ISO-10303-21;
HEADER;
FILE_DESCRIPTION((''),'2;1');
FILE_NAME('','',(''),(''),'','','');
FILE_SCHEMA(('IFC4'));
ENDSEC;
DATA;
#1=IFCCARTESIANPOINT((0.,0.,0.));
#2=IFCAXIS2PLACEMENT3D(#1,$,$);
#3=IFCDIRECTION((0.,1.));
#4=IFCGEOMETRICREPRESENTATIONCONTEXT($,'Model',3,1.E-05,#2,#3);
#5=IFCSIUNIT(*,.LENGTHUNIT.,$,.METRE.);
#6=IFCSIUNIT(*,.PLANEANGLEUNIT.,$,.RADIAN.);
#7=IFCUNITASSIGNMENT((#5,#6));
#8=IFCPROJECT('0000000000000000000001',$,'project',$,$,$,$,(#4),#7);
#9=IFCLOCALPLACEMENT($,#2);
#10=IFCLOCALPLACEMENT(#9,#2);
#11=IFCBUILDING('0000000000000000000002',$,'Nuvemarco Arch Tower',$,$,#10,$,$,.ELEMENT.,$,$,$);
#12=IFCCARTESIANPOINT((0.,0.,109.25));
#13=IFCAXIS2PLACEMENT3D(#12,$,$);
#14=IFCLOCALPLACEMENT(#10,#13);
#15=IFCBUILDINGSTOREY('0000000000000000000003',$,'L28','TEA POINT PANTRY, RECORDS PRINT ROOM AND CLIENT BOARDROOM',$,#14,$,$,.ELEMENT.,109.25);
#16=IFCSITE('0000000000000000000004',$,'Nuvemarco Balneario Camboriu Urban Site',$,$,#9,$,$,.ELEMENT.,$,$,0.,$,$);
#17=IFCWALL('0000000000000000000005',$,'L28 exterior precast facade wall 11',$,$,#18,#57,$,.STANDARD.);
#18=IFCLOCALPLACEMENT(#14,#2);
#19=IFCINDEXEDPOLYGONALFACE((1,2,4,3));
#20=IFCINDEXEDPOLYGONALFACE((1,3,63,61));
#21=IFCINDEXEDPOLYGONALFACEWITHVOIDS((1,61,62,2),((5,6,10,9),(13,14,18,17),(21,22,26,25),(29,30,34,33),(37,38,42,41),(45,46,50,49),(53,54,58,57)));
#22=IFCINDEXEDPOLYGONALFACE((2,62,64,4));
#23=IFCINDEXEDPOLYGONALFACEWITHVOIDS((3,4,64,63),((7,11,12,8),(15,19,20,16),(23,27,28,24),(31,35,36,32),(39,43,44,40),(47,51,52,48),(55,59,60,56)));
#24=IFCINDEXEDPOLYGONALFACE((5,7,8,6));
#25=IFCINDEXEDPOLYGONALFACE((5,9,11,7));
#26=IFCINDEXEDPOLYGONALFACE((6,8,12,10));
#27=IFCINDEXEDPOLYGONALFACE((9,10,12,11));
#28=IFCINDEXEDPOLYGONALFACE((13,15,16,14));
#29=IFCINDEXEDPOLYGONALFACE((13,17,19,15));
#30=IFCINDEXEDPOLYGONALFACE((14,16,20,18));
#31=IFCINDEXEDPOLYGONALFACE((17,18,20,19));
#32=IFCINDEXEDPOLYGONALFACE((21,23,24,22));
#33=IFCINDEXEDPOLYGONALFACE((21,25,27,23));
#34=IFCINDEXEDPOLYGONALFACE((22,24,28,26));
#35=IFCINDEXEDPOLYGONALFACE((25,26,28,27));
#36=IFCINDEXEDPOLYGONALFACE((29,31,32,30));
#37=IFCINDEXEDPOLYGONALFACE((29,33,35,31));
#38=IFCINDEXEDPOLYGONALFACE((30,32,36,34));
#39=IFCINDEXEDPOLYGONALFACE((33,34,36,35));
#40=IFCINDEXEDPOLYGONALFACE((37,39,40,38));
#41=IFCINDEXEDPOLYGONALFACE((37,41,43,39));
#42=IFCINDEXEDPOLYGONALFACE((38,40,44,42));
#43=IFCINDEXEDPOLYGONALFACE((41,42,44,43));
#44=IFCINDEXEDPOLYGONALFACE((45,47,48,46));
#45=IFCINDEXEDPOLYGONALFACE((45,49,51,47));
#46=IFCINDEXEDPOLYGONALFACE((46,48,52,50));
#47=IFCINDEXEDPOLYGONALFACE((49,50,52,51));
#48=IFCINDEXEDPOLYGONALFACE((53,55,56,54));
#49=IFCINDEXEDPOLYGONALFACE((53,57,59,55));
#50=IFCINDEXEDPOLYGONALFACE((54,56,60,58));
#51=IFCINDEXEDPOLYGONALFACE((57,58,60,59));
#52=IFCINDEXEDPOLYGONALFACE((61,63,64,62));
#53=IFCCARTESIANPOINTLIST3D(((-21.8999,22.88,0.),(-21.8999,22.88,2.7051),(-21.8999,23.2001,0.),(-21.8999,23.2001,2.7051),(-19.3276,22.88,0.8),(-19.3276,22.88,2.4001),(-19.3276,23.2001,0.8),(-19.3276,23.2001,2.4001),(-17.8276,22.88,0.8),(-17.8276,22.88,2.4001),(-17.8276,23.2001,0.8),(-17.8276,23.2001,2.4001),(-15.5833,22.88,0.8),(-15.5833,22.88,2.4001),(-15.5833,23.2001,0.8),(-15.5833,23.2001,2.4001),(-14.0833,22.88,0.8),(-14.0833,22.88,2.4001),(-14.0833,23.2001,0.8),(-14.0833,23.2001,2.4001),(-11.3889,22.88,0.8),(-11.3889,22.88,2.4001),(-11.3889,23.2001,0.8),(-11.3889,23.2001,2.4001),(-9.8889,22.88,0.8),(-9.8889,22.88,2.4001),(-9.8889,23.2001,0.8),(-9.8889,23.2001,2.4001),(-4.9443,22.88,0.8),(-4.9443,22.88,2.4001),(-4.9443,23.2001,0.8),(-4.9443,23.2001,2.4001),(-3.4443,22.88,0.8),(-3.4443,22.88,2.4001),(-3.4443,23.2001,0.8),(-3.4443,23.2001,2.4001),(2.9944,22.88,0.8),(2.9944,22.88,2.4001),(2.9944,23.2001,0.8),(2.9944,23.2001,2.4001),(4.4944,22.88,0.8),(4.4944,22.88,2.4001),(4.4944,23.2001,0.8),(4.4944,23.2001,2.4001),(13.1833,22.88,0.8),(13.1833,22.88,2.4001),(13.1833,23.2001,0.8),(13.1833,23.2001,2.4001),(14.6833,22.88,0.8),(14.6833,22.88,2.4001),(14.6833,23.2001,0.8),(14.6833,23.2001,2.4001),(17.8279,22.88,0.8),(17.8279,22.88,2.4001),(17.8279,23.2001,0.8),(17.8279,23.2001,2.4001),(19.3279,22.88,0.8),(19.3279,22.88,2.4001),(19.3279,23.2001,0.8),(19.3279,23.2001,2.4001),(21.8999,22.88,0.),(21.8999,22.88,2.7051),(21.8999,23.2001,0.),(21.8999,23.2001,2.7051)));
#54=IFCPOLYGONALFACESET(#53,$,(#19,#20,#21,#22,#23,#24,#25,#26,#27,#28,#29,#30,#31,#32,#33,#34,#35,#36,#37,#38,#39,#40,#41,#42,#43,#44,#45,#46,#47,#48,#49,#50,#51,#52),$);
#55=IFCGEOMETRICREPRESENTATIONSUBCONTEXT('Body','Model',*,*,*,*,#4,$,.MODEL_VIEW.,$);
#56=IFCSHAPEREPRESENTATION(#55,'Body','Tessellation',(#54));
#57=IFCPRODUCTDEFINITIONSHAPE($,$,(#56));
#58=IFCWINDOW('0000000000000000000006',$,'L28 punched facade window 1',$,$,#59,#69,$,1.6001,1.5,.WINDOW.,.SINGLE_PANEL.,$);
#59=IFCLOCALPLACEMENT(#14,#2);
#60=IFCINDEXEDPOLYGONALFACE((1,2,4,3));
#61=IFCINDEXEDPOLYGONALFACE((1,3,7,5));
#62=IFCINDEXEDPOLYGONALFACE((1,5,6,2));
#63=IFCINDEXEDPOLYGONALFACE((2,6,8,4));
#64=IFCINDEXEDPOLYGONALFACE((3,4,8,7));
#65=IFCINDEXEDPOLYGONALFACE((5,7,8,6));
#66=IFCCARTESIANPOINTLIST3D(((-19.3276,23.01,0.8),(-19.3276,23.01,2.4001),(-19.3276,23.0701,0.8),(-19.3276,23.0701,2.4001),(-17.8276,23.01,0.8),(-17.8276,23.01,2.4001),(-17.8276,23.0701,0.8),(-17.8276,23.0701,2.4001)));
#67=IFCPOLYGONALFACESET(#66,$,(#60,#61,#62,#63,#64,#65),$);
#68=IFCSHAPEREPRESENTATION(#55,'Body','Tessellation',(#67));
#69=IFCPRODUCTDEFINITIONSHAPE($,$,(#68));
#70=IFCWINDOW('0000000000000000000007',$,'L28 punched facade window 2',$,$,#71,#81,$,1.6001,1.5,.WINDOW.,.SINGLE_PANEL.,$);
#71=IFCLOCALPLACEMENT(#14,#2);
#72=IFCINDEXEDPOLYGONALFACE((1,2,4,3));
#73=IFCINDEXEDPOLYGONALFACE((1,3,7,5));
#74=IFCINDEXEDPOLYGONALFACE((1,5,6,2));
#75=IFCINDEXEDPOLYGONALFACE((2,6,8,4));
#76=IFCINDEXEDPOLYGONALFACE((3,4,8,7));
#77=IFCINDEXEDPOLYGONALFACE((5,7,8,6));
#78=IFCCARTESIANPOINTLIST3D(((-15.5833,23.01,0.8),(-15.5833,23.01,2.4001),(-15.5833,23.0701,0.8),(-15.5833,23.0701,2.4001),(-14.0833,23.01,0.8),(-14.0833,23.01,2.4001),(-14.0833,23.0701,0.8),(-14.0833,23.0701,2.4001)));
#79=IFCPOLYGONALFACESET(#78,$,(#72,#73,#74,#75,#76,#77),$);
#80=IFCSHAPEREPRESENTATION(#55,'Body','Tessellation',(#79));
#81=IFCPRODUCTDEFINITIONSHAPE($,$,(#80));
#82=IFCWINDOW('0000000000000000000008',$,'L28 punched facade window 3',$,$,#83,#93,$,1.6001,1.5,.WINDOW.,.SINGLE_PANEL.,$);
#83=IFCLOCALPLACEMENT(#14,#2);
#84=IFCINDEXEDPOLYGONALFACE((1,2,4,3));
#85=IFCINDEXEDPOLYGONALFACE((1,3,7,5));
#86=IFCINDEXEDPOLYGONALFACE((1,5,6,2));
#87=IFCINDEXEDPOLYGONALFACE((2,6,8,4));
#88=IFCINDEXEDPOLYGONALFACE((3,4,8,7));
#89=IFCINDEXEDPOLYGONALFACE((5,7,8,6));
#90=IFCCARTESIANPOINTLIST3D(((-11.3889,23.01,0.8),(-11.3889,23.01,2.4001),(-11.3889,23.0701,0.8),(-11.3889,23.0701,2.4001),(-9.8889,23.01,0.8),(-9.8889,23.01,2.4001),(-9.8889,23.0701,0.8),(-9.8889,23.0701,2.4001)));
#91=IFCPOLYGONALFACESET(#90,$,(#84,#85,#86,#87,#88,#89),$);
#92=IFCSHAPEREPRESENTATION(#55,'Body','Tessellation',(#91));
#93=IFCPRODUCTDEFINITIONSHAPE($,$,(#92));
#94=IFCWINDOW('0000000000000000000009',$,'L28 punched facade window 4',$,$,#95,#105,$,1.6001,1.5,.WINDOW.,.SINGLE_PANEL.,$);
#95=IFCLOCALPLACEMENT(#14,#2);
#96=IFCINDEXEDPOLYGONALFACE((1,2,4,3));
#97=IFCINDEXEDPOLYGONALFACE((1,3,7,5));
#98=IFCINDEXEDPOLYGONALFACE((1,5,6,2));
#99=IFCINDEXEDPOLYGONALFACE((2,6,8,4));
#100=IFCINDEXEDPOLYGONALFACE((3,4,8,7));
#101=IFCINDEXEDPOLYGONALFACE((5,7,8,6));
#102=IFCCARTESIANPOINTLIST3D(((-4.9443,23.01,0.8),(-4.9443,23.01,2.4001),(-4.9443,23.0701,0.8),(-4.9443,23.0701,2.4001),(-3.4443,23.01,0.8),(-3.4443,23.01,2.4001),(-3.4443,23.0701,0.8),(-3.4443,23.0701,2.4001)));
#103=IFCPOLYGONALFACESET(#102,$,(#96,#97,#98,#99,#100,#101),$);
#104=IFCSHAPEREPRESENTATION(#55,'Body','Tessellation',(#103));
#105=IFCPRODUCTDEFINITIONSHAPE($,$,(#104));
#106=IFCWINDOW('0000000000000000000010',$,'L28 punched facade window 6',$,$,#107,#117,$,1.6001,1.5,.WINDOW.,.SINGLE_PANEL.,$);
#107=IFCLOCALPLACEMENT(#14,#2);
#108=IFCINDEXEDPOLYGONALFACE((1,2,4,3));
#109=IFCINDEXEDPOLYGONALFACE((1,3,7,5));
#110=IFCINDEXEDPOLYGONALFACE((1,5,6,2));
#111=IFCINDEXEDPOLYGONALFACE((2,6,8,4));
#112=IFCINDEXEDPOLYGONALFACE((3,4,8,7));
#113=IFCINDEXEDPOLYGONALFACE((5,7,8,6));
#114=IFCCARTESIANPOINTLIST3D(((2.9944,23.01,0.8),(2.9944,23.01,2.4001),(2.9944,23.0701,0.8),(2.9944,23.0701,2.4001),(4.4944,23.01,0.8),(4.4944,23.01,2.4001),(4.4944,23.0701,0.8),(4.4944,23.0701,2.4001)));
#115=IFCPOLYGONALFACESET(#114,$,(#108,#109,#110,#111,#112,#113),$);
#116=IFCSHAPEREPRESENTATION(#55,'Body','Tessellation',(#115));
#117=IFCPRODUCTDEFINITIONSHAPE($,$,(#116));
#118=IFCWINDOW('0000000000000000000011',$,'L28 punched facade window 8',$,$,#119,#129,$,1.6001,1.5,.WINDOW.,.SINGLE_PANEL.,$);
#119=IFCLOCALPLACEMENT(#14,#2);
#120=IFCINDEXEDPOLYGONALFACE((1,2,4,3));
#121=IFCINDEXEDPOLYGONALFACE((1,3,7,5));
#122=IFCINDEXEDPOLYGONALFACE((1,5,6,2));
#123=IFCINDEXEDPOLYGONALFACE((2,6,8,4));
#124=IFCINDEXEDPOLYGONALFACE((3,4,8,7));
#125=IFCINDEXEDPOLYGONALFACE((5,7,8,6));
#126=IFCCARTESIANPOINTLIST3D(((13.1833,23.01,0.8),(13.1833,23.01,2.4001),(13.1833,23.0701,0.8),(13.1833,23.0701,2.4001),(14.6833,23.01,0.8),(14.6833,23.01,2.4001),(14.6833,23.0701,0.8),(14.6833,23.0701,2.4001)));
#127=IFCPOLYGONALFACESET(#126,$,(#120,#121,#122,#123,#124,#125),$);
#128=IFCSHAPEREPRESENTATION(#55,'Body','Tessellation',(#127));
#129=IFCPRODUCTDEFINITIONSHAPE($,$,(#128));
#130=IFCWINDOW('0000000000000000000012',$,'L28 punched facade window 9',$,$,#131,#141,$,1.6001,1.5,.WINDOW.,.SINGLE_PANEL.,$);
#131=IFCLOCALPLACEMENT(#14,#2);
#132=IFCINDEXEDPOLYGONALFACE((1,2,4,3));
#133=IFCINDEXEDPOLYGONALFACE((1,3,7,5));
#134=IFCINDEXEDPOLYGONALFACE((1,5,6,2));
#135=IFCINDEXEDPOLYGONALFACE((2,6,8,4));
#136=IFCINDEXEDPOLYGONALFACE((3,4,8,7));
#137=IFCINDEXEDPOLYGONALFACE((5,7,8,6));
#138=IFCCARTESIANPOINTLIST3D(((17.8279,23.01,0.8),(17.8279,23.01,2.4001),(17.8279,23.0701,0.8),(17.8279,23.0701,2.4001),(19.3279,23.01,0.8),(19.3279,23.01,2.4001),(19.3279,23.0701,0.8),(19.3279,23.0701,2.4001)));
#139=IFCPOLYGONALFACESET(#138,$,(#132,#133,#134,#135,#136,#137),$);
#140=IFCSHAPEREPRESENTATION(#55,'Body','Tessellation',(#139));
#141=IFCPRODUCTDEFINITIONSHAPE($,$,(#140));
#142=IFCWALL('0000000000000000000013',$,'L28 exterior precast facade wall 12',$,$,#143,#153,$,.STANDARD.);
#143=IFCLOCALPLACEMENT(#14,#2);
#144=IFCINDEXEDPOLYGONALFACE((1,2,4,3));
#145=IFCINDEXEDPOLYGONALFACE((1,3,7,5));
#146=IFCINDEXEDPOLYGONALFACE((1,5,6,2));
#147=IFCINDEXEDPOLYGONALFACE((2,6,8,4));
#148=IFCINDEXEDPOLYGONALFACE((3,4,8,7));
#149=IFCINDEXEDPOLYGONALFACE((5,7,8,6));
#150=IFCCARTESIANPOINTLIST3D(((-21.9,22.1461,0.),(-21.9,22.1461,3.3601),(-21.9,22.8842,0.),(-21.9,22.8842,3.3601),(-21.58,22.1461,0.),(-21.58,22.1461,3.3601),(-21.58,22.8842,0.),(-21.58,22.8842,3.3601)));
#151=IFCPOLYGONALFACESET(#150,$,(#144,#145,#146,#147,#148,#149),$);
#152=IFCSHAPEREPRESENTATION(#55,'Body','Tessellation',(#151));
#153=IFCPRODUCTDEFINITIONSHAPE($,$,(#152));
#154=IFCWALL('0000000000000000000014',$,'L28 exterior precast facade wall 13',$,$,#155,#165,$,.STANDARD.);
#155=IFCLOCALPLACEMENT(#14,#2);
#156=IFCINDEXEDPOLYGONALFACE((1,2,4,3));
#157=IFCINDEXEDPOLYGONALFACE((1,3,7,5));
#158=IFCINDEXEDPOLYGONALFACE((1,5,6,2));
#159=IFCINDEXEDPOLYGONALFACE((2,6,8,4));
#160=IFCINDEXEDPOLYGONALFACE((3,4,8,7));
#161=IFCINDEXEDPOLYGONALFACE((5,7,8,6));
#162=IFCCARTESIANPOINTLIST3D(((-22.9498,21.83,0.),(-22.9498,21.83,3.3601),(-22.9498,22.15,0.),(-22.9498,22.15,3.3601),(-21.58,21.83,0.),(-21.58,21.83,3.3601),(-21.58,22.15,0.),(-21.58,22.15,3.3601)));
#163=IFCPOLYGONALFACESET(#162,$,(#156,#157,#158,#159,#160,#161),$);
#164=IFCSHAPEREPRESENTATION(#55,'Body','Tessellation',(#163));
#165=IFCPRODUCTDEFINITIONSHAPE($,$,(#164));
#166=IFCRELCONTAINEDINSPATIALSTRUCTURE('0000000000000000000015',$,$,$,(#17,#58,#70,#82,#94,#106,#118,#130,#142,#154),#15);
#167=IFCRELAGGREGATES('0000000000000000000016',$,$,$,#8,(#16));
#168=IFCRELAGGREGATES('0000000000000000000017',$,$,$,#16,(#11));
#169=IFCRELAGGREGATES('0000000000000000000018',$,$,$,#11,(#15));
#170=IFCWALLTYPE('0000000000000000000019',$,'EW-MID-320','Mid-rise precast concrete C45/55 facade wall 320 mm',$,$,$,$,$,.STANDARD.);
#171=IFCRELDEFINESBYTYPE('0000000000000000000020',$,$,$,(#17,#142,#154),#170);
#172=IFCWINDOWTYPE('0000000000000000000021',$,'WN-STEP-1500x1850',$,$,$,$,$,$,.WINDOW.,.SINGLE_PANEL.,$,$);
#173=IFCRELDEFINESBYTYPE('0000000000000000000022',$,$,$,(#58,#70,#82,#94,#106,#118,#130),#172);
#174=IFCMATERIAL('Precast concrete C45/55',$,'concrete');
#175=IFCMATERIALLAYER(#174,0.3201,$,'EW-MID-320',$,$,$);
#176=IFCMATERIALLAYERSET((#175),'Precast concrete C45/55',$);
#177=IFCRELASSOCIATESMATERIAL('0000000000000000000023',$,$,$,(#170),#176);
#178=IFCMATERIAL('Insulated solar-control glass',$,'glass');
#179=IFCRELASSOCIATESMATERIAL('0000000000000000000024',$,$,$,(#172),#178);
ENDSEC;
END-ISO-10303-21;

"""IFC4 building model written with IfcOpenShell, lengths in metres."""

from ifc_helpers import new_model, si_unit, direction, frame, frame_2d, origin, place, context, subcontext, project, spatial, rectangle, extrude, source, transform, mapped, material, layer, layer_set, type_object, type_shapes, element, fill, save


model = new_model("IFC4")

# Units and contexts
model_context = context("Model", 3, precision=1e-05, world=origin(), true_north=direction((0.0, 1.0)))
body_context = subcontext(model_context, "Body", "Model", "MODEL_VIEW")
ifc_project = project(units=[si_unit("LENGTHUNIT", "METRE"), si_unit("PLANEANGLEUNIT", "RADIAN")], contexts=[model_context])

# Site, building, storey
site_placement = place(None, origin())
site = spatial("IfcSite", under=ifc_project, at=site_placement, Name="Nuvemarco Balneario Camboriu Urban Site", CompositionType="ELEMENT", RefElevation=0.0)
building_placement = place(site_placement, origin())
building = spatial("IfcBuilding", under=site, at=building_placement, Name="Nuvemarco Arch Tower", CompositionType="ELEMENT")
storey_placement = place(building_placement, frame((0.0, 0.0, 109.25)))
storey = spatial("IfcBuildingStorey", under=building, at=storey_placement, Name="L28", Description="TEA POINT PANTRY, RECORDS PRINT ROOM AND CLIENT BOARDROOM", CompositionType="ELEMENT", Elevation=109.25)

# Wall, openings, windows
ifc_material_1 = material(Name="Precast concrete C45/55", Category="concrete")
ifc_layer_1 = layer(ifc_material_1, 0.3201, Name="EW-MID-320")
ifc_layer_set_1 = layer_set([ifc_layer_1], Name="Precast concrete C45/55")
wall_type_1 = type_object("IfcWallType", Name="EW-MID-320", Description="Mid-rise precast concrete C45/55 facade wall 320 mm", PredefinedType="STANDARD", material=ifc_layer_set_1)
wall_1_placement = place(storey_placement, frame((-21.8999, 23.04, 0.0), z_axis=(0.0, 0.0, 1.0), x_axis=(1.0, 0.0, 0.0)))
wall_1 = element("IfcWall", 1, at=wall_1_placement, inside=storey, type_object=wall_type_1, Name="L28 exterior precast facade wall 11", PredefinedType="STANDARD", context=body_context, shape_type="SweptSolid", body=[
    extrude(rectangle(XDim=43.7998, YDim=0.3201, at=frame_2d((21.8999, 0.0))), origin(), (0.0, 0.0, 1.0), 2.7051),
])
opening_1_placement = place(wall_1_placement, frame((2.5723, 0.0, 0.8)))
opening_1 = element("IfcOpeningElement", 2, at=opening_1_placement, cuts=wall_1, PredefinedType="OPENING", context=body_context, shape_type="SweptSolid", body=[
    extrude(rectangle(XDim=1.5, YDim=1.6001, at=frame_2d((0.75, 0.8))), frame((0.0, 0.1699, 0.0), z_axis=(0.0, -1.0, 0.0), x_axis=(1.0, 0.0, 0.0)), (0.0, 0.0, 1.0), 0.3401),
])
opening_2_placement = place(wall_1_placement, frame((6.3167, 0.0, 0.8)))
opening_2 = element("IfcOpeningElement", 3, at=opening_2_placement, cuts=wall_1, PredefinedType="OPENING", context=body_context, shape_type="SweptSolid", body=[
    extrude(rectangle(XDim=1.5, YDim=1.6001, at=frame_2d((0.75, 0.8))), frame((0.0, 0.1699, 0.0), z_axis=(0.0, -1.0, 0.0), x_axis=(1.0, 0.0, 0.0)), (0.0, 0.0, 1.0), 0.3401),
])
opening_3_placement = place(wall_1_placement, frame((10.511, 0.0, 0.8)))
opening_3 = element("IfcOpeningElement", 4, at=opening_3_placement, cuts=wall_1, PredefinedType="OPENING", context=body_context, shape_type="SweptSolid", body=[
    extrude(rectangle(XDim=1.5, YDim=1.6001, at=frame_2d((0.75, 0.8))), frame((0.0, 0.1699, 0.0), z_axis=(0.0, -1.0, 0.0), x_axis=(1.0, 0.0, 0.0)), (0.0, 0.0, 1.0), 0.3401),
])
opening_4_placement = place(wall_1_placement, frame((16.9556, 0.0, 0.8)))
opening_4 = element("IfcOpeningElement", 5, at=opening_4_placement, cuts=wall_1, PredefinedType="OPENING", context=body_context, shape_type="SweptSolid", body=[
    extrude(rectangle(XDim=1.5, YDim=1.6001, at=frame_2d((0.75, 0.8))), frame((0.0, 0.1699, 0.0), z_axis=(0.0, -1.0, 0.0), x_axis=(1.0, 0.0, 0.0)), (0.0, 0.0, 1.0), 0.3401),
])
opening_5_placement = place(wall_1_placement, frame((24.8943, 0.0, 0.8)))
opening_5 = element("IfcOpeningElement", 6, at=opening_5_placement, cuts=wall_1, PredefinedType="OPENING", context=body_context, shape_type="SweptSolid", body=[
    extrude(rectangle(XDim=1.5, YDim=1.6001, at=frame_2d((0.75, 0.8))), frame((0.0, 0.1699, 0.0), z_axis=(0.0, -1.0, 0.0), x_axis=(1.0, 0.0, 0.0)), (0.0, 0.0, 1.0), 0.3401),
])
opening_6_placement = place(wall_1_placement, frame((35.0833, 0.0, 0.8)))
opening_6 = element("IfcOpeningElement", 7, at=opening_6_placement, cuts=wall_1, PredefinedType="OPENING", context=body_context, shape_type="SweptSolid", body=[
    extrude(rectangle(XDim=1.5, YDim=1.6001, at=frame_2d((0.75, 0.8))), frame((0.0, 0.1699, 0.0), z_axis=(0.0, -1.0, 0.0), x_axis=(1.0, 0.0, 0.0)), (0.0, 0.0, 1.0), 0.3401),
])
opening_7_placement = place(wall_1_placement, frame((39.7278, 0.0, 0.8)))
opening_7 = element("IfcOpeningElement", 8, at=opening_7_placement, cuts=wall_1, PredefinedType="OPENING", context=body_context, shape_type="SweptSolid", body=[
    extrude(rectangle(XDim=1.5, YDim=1.6001, at=frame_2d((0.75, 0.8))), frame((0.0, 0.1699, 0.0), z_axis=(0.0, -1.0, 0.0), x_axis=(1.0, 0.0, 0.0)), (0.0, 0.0, 1.0), 0.3401),
])
ifc_material_2 = material(Name="Insulated solar-control glass", Category="glass")
window_type = type_object("IfcWindowType", Name="WN-STEP-1500x1850", PartitioningType="SINGLE_PANEL", PredefinedType="WINDOW", material=ifc_material_2)
shared_shape_1 = source(origin(), body_context, "Body", "SweptSolid", [
    extrude(rectangle(XDim=1.5, YDim=1.6001, at=frame_2d((0.75, 0.8))), frame((0.0, 0.03, 0.0), z_axis=(0.0, -1.0, 0.0), x_axis=(1.0, 0.0, 0.0)), (0.0, 0.0, 1.0), 0.0601),
])
type_shapes(window_type, [shared_shape_1])
window_1_placement = place(opening_1_placement, origin())
window_1 = element("IfcWindow", 9, at=window_1_placement, inside=storey, type_object=window_type, Name="L28 punched facade window 1", OverallHeight=1.6001, OverallWidth=1.5, PartitioningType="SINGLE_PANEL", PredefinedType="WINDOW", context=body_context, shape_type="MappedRepresentation", body=[
    mapped(shared_shape_1, transform((0.0, 0.0, 0.0), scale=1.0)),
])
fill(opening_1, window_1)
window_2_placement = place(opening_2_placement, origin())
window_2 = element("IfcWindow", 10, at=window_2_placement, inside=storey, type_object=window_type, Name="L28 punched facade window 2", OverallHeight=1.6001, OverallWidth=1.5, PartitioningType="SINGLE_PANEL", PredefinedType="WINDOW", context=body_context, shape_type="MappedRepresentation", body=[
    mapped(shared_shape_1, transform((0.0, 0.0, 0.0), scale=1.0)),
])
fill(opening_2, window_2)
window_3_placement = place(opening_3_placement, origin())
window_3 = element("IfcWindow", 11, at=window_3_placement, inside=storey, type_object=window_type, Name="L28 punched facade window 3", OverallHeight=1.6001, OverallWidth=1.5, PartitioningType="SINGLE_PANEL", PredefinedType="WINDOW", context=body_context, shape_type="MappedRepresentation", body=[
    mapped(shared_shape_1, transform((0.0, 0.0, 0.0), scale=1.0)),
])
fill(opening_3, window_3)
window_4_placement = place(opening_4_placement, origin())
window_4 = element("IfcWindow", 12, at=window_4_placement, inside=storey, type_object=window_type, Name="L28 punched facade window 4", OverallHeight=1.6001, OverallWidth=1.5, PartitioningType="SINGLE_PANEL", PredefinedType="WINDOW", context=body_context, shape_type="MappedRepresentation", body=[
    mapped(shared_shape_1, transform((0.0, 0.0, 0.0), scale=1.0)),
])
fill(opening_4, window_4)
window_5_placement = place(opening_5_placement, origin())
window_5 = element("IfcWindow", 13, at=window_5_placement, inside=storey, type_object=window_type, Name="L28 punched facade window 6", OverallHeight=1.6001, OverallWidth=1.5, PartitioningType="SINGLE_PANEL", PredefinedType="WINDOW", context=body_context, shape_type="MappedRepresentation", body=[
    mapped(shared_shape_1, transform((0.0, 0.0, 0.0), scale=1.0)),
])
fill(opening_5, window_5)
window_6_placement = place(opening_6_placement, origin())
window_6 = element("IfcWindow", 14, at=window_6_placement, inside=storey, type_object=window_type, Name="L28 punched facade window 8", OverallHeight=1.6001, OverallWidth=1.5, PartitioningType="SINGLE_PANEL", PredefinedType="WINDOW", context=body_context, shape_type="MappedRepresentation", body=[
    mapped(shared_shape_1, transform((0.0, 0.0, 0.0), scale=1.0)),
])
fill(opening_6, window_6)
window_7_placement = place(opening_7_placement, origin())
window_7 = element("IfcWindow", 15, at=window_7_placement, inside=storey, type_object=window_type, Name="L28 punched facade window 9", OverallHeight=1.6001, OverallWidth=1.5, PartitioningType="SINGLE_PANEL", PredefinedType="WINDOW", context=body_context, shape_type="MappedRepresentation", body=[
    mapped(shared_shape_1, transform((0.0, 0.0, 0.0), scale=1.0)),
])
fill(opening_7, window_7)

# Walls
wall_2_placement = place(storey_placement, frame((-21.74, 22.146, 0.0), z_axis=(0.0, 0.0, 1.0), x_axis=(0.0, 1.0, 0.0)))
element("IfcWall", 16, at=wall_2_placement, inside=storey, type_object=wall_type_1, Name="L28 exterior precast facade wall 12", PredefinedType="STANDARD", context=body_context, shape_type="SweptSolid", body=[
    extrude(rectangle(XDim=0.738, YDim=0.3201, at=frame_2d((0.3691, 0.0))), origin(), (0.0, 0.0, 1.0), 3.3601),
])
wall_3_placement = place(storey_placement, frame((-22.95, 21.99, 0.0), z_axis=(0.0, 0.0, 1.0), x_axis=(1.0, 0.0, 0.0)))
element("IfcWall", 17, at=wall_3_placement, inside=storey, type_object=wall_type_1, Name="L28 exterior precast facade wall 13", PredefinedType="STANDARD", context=body_context, shape_type="SweptSolid", body=[
    extrude(rectangle(XDim=1.3699, YDim=0.3201, at=frame_2d((0.6851, 0.0))), origin(), (0.0, 0.0, 1.0), 3.3601),
])

save(model, "model.ifc")
